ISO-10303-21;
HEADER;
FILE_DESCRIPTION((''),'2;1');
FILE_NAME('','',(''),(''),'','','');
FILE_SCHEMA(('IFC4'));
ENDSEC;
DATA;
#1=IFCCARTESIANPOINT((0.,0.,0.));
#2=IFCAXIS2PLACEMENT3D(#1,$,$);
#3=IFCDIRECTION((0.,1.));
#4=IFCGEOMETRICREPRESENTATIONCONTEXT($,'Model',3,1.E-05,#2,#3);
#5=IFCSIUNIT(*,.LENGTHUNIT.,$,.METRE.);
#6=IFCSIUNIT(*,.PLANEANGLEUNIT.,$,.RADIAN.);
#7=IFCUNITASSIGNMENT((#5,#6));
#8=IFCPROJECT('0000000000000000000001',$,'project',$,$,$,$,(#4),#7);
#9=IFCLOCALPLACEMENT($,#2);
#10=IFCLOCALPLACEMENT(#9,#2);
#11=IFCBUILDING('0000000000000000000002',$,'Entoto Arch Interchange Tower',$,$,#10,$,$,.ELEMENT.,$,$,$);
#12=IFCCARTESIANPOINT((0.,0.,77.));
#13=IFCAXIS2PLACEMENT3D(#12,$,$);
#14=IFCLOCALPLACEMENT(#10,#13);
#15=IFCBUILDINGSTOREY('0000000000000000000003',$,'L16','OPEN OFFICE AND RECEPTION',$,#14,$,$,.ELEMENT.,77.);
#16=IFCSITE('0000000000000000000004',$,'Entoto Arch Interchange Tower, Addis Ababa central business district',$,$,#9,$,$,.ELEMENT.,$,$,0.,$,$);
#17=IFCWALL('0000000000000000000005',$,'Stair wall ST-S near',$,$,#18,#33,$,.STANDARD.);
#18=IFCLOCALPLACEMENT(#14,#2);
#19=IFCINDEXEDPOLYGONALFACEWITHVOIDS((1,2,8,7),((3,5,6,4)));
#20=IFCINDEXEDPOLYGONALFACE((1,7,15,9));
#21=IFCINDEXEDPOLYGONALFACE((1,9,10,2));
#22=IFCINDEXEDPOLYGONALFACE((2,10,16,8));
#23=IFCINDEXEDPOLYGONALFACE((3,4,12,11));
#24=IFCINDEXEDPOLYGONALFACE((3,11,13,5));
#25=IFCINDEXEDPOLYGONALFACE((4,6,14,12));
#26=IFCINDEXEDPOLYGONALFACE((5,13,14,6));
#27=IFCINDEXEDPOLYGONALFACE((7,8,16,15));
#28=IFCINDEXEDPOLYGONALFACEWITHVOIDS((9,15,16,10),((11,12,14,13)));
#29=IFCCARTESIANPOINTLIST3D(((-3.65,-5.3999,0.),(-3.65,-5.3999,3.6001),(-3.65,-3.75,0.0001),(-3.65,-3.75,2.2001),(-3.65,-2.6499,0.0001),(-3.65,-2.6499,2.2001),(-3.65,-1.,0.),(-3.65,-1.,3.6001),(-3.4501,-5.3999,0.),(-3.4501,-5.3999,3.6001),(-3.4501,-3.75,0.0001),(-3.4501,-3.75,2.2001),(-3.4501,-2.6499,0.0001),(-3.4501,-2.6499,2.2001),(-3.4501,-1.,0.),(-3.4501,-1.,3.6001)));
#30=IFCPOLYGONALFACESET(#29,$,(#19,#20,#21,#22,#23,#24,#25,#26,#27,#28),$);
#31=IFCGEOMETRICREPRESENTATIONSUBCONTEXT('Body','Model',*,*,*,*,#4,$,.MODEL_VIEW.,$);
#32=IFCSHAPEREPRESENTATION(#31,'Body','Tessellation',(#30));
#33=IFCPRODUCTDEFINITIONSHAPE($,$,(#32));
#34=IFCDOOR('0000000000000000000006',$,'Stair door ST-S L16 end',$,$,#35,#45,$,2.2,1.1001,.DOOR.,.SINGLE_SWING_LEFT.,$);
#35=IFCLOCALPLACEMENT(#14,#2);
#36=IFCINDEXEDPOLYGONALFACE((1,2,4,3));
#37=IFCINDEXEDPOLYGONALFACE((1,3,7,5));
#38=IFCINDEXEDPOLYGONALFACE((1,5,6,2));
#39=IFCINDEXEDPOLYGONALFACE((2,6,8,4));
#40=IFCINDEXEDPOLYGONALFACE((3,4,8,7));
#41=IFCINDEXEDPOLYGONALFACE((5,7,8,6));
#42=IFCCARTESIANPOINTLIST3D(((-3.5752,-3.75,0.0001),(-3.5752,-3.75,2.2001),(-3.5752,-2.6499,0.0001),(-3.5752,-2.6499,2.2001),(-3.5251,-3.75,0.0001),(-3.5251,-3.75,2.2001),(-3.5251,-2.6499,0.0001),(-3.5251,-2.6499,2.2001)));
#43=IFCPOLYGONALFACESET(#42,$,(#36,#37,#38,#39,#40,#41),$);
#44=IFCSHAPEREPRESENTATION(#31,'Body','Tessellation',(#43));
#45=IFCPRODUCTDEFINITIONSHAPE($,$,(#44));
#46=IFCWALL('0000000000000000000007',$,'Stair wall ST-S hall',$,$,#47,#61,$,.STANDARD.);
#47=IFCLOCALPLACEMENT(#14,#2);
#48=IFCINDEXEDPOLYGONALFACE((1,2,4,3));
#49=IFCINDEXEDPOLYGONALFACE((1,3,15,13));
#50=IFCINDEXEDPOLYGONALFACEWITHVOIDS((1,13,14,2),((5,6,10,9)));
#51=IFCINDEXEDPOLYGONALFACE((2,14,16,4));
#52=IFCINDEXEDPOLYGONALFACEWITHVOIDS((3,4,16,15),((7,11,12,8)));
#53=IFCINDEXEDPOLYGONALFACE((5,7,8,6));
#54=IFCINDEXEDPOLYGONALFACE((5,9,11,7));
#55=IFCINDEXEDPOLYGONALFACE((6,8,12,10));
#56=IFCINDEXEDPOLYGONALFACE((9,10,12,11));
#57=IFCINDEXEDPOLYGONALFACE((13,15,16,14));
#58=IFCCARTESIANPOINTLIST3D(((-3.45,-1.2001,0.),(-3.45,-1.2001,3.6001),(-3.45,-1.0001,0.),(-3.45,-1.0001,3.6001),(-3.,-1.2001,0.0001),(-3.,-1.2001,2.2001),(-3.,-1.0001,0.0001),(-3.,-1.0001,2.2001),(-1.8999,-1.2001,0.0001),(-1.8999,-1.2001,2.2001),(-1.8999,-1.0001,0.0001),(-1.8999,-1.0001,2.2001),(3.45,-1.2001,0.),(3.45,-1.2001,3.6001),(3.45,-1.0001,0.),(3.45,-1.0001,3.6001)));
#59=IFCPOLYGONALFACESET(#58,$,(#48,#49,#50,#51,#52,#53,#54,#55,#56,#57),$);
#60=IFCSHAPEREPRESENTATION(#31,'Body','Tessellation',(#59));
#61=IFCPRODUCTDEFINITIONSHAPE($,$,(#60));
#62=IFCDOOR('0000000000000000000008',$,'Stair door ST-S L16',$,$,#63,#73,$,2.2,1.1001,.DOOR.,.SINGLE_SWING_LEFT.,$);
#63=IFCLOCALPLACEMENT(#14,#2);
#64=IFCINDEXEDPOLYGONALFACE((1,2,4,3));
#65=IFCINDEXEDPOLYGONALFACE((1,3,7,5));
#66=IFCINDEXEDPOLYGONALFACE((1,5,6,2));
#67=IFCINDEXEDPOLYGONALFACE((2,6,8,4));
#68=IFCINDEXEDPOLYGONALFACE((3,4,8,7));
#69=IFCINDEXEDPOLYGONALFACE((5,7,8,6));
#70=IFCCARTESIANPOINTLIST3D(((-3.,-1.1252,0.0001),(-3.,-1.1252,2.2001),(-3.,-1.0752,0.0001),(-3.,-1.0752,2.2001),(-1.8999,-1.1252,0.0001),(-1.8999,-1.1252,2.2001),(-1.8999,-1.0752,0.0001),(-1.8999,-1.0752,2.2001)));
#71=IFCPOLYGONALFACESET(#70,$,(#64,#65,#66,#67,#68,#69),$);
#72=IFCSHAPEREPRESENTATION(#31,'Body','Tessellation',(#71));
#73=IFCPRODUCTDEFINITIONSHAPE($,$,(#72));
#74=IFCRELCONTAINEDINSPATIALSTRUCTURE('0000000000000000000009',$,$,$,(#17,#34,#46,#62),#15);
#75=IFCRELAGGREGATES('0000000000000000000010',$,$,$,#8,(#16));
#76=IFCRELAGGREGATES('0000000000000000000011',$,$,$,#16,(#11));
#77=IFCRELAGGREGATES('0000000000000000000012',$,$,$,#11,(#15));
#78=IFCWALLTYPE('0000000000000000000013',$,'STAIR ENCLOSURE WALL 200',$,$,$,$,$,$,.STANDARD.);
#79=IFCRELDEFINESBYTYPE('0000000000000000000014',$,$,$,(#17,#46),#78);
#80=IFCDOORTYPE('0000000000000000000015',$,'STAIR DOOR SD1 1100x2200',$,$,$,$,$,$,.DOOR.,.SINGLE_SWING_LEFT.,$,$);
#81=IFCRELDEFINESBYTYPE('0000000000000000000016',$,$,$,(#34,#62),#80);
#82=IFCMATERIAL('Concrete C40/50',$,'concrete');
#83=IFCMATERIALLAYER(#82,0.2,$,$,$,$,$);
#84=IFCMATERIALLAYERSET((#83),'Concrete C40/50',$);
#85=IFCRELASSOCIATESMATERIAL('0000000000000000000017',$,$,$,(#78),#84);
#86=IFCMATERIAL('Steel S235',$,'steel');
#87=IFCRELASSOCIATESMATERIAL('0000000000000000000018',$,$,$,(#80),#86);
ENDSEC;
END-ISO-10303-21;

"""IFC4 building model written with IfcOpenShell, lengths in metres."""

from ifc_helpers import new_model, si_unit, direction, frame, frame_2d, origin, place, context, subcontext, project, spatial, rectangle, extrude, material, layer, layer_set, type_object, element, fill, save


model = new_model("IFC4")

# Units and contexts
model_context = context("Model", 3, precision=1e-05, world=origin(), true_north=direction((0.0, 1.0)))
body_context = subcontext(model_context, "Body", "Model", "MODEL_VIEW")
ifc_project = project(units=[si_unit("LENGTHUNIT", "METRE"), si_unit("PLANEANGLEUNIT", "RADIAN")], contexts=[model_context])

# Site, building, storey
site_placement = place(None, origin())
site = spatial("IfcSite", under=ifc_project, at=site_placement, Name="Entoto Arch Interchange Tower, Addis Ababa central business district", CompositionType="ELEMENT", RefElevation=0.0)
building_placement = place(site_placement, origin())
building = spatial("IfcBuilding", under=site, at=building_placement, Name="Entoto Arch Interchange Tower", CompositionType="ELEMENT")
storey_placement = place(building_placement, frame((0.0, 0.0, 77.0)))
storey = spatial("IfcBuildingStorey", under=building, at=storey_placement, Name="L16", Description="OPEN OFFICE AND RECEPTION", CompositionType="ELEMENT", Elevation=77.0)

# Shared definitions
ifc_material_1 = material(Name="Concrete C40/50", Category="concrete")

# Walls, openings, doors
ifc_layer_1 = layer(ifc_material_1, 0.2)
ifc_layer_set_1 = layer_set([ifc_layer_1], Name="Concrete C40/50")
wall_type_1 = type_object("IfcWallType", Name="STAIR ENCLOSURE WALL 200", PredefinedType="STANDARD", material=ifc_layer_set_1)
wall_1_placement = place(storey_placement, frame((-3.55, -1.0, 0.0), z_axis=(0.0, 0.0, 1.0), x_axis=(0.0, -1.0, 0.0)))
wall_1 = element("IfcWall", 1, at=wall_1_placement, inside=storey, type_object=wall_type_1, Name="Stair wall ST-S near", PredefinedType="STANDARD", context=body_context, shape_type="SweptSolid", body=[
    extrude(rectangle(XDim=4.3999, YDim=0.2, at=frame_2d((2.2, 0.0))), origin(), (0.0, 0.0, 1.0), 3.6001),
])
opening_1_placement = place(wall_1_placement, frame((1.6499, 0.0, 0.0)))
opening_1 = element("IfcOpeningElement", 2, at=opening_1_placement, cuts=wall_1, PredefinedType="OPENING", context=body_context, shape_type="SweptSolid", body=[
    extrude(rectangle(XDim=1.1001, YDim=2.2, at=frame_2d((0.55, 1.1001))), frame((0.0, 0.1099, 0.0), z_axis=(0.0, -1.0, 0.0), x_axis=(1.0, 0.0, 0.0)), (0.0, 0.0, 1.0), 0.22),
])
ifc_material_2 = material(Name="Steel S235", Category="steel")
door_type_1 = type_object("IfcDoorType", Name="STAIR DOOR SD1 1100x2200", OperationType="SINGLE_SWING_LEFT", PredefinedType="DOOR", material=ifc_material_2)
door_1_placement = place(opening_1_placement, origin())
door_1 = element("IfcDoor", 3, at=door_1_placement, inside=storey, type_object=door_type_1, Name="Stair door ST-S L16 end", OperationType="SINGLE_SWING_LEFT", OverallHeight=2.2, OverallWidth=1.1001, PredefinedType="DOOR", context=body_context, shape_type="SweptSolid", body=[
    extrude(rectangle(XDim=1.1001, YDim=2.2, at=frame_2d((0.55, 1.1001))), frame((0.0, 0.0249, 0.0), z_axis=(0.0, -1.0, 0.0), x_axis=(1.0, 0.0, 0.0)), (0.0, 0.0, 1.0), 0.05),
])
fill(opening_1, door_1)
wall_2_placement = place(storey_placement, frame((-3.45, -1.1001, 0.0), z_axis=(0.0, 0.0, 1.0), x_axis=(1.0, 0.0, 0.0)))
wall_2 = element("IfcWall", 4, at=wall_2_placement, inside=storey, type_object=wall_type_1, Name="Stair wall ST-S hall", PredefinedType="STANDARD", context=body_context, shape_type="SweptSolid", body=[
    extrude(rectangle(XDim=6.8999, YDim=0.2, at=frame_2d((3.45, 0.0))), origin(), (0.0, 0.0, 1.0), 3.6001),
])
opening_2_placement = place(wall_2_placement, frame((0.45, 0.0, 0.0)))
opening_2 = element("IfcOpeningElement", 5, at=opening_2_placement, cuts=wall_2, PredefinedType="OPENING", context=body_context, shape_type="SweptSolid", body=[
    extrude(rectangle(XDim=1.1001, YDim=2.2, at=frame_2d((0.55, 1.1001))), frame((0.0, 0.1099, 0.0), z_axis=(0.0, -1.0, 0.0), x_axis=(1.0, 0.0, 0.0)), (0.0, 0.0, 1.0), 0.22),
])
door_2_placement = place(opening_2_placement, origin())
door_2 = element("IfcDoor", 6, at=door_2_placement, inside=storey, type_object=door_type_1, Name="Stair door ST-S L16", OperationType="SINGLE_SWING_LEFT", OverallHeight=2.2, OverallWidth=1.1001, PredefinedType="DOOR", context=body_context, shape_type="SweptSolid", body=[
    extrude(rectangle(XDim=1.1001, YDim=2.2, at=frame_2d((0.55, 1.1001))), frame((0.0, 0.0249, 0.0), z_axis=(0.0, -1.0, 0.0), x_axis=(1.0, 0.0, 0.0)), (0.0, 0.0, 1.0), 0.05),
])
fill(opening_2, door_2)

save(model, "model.ifc")
